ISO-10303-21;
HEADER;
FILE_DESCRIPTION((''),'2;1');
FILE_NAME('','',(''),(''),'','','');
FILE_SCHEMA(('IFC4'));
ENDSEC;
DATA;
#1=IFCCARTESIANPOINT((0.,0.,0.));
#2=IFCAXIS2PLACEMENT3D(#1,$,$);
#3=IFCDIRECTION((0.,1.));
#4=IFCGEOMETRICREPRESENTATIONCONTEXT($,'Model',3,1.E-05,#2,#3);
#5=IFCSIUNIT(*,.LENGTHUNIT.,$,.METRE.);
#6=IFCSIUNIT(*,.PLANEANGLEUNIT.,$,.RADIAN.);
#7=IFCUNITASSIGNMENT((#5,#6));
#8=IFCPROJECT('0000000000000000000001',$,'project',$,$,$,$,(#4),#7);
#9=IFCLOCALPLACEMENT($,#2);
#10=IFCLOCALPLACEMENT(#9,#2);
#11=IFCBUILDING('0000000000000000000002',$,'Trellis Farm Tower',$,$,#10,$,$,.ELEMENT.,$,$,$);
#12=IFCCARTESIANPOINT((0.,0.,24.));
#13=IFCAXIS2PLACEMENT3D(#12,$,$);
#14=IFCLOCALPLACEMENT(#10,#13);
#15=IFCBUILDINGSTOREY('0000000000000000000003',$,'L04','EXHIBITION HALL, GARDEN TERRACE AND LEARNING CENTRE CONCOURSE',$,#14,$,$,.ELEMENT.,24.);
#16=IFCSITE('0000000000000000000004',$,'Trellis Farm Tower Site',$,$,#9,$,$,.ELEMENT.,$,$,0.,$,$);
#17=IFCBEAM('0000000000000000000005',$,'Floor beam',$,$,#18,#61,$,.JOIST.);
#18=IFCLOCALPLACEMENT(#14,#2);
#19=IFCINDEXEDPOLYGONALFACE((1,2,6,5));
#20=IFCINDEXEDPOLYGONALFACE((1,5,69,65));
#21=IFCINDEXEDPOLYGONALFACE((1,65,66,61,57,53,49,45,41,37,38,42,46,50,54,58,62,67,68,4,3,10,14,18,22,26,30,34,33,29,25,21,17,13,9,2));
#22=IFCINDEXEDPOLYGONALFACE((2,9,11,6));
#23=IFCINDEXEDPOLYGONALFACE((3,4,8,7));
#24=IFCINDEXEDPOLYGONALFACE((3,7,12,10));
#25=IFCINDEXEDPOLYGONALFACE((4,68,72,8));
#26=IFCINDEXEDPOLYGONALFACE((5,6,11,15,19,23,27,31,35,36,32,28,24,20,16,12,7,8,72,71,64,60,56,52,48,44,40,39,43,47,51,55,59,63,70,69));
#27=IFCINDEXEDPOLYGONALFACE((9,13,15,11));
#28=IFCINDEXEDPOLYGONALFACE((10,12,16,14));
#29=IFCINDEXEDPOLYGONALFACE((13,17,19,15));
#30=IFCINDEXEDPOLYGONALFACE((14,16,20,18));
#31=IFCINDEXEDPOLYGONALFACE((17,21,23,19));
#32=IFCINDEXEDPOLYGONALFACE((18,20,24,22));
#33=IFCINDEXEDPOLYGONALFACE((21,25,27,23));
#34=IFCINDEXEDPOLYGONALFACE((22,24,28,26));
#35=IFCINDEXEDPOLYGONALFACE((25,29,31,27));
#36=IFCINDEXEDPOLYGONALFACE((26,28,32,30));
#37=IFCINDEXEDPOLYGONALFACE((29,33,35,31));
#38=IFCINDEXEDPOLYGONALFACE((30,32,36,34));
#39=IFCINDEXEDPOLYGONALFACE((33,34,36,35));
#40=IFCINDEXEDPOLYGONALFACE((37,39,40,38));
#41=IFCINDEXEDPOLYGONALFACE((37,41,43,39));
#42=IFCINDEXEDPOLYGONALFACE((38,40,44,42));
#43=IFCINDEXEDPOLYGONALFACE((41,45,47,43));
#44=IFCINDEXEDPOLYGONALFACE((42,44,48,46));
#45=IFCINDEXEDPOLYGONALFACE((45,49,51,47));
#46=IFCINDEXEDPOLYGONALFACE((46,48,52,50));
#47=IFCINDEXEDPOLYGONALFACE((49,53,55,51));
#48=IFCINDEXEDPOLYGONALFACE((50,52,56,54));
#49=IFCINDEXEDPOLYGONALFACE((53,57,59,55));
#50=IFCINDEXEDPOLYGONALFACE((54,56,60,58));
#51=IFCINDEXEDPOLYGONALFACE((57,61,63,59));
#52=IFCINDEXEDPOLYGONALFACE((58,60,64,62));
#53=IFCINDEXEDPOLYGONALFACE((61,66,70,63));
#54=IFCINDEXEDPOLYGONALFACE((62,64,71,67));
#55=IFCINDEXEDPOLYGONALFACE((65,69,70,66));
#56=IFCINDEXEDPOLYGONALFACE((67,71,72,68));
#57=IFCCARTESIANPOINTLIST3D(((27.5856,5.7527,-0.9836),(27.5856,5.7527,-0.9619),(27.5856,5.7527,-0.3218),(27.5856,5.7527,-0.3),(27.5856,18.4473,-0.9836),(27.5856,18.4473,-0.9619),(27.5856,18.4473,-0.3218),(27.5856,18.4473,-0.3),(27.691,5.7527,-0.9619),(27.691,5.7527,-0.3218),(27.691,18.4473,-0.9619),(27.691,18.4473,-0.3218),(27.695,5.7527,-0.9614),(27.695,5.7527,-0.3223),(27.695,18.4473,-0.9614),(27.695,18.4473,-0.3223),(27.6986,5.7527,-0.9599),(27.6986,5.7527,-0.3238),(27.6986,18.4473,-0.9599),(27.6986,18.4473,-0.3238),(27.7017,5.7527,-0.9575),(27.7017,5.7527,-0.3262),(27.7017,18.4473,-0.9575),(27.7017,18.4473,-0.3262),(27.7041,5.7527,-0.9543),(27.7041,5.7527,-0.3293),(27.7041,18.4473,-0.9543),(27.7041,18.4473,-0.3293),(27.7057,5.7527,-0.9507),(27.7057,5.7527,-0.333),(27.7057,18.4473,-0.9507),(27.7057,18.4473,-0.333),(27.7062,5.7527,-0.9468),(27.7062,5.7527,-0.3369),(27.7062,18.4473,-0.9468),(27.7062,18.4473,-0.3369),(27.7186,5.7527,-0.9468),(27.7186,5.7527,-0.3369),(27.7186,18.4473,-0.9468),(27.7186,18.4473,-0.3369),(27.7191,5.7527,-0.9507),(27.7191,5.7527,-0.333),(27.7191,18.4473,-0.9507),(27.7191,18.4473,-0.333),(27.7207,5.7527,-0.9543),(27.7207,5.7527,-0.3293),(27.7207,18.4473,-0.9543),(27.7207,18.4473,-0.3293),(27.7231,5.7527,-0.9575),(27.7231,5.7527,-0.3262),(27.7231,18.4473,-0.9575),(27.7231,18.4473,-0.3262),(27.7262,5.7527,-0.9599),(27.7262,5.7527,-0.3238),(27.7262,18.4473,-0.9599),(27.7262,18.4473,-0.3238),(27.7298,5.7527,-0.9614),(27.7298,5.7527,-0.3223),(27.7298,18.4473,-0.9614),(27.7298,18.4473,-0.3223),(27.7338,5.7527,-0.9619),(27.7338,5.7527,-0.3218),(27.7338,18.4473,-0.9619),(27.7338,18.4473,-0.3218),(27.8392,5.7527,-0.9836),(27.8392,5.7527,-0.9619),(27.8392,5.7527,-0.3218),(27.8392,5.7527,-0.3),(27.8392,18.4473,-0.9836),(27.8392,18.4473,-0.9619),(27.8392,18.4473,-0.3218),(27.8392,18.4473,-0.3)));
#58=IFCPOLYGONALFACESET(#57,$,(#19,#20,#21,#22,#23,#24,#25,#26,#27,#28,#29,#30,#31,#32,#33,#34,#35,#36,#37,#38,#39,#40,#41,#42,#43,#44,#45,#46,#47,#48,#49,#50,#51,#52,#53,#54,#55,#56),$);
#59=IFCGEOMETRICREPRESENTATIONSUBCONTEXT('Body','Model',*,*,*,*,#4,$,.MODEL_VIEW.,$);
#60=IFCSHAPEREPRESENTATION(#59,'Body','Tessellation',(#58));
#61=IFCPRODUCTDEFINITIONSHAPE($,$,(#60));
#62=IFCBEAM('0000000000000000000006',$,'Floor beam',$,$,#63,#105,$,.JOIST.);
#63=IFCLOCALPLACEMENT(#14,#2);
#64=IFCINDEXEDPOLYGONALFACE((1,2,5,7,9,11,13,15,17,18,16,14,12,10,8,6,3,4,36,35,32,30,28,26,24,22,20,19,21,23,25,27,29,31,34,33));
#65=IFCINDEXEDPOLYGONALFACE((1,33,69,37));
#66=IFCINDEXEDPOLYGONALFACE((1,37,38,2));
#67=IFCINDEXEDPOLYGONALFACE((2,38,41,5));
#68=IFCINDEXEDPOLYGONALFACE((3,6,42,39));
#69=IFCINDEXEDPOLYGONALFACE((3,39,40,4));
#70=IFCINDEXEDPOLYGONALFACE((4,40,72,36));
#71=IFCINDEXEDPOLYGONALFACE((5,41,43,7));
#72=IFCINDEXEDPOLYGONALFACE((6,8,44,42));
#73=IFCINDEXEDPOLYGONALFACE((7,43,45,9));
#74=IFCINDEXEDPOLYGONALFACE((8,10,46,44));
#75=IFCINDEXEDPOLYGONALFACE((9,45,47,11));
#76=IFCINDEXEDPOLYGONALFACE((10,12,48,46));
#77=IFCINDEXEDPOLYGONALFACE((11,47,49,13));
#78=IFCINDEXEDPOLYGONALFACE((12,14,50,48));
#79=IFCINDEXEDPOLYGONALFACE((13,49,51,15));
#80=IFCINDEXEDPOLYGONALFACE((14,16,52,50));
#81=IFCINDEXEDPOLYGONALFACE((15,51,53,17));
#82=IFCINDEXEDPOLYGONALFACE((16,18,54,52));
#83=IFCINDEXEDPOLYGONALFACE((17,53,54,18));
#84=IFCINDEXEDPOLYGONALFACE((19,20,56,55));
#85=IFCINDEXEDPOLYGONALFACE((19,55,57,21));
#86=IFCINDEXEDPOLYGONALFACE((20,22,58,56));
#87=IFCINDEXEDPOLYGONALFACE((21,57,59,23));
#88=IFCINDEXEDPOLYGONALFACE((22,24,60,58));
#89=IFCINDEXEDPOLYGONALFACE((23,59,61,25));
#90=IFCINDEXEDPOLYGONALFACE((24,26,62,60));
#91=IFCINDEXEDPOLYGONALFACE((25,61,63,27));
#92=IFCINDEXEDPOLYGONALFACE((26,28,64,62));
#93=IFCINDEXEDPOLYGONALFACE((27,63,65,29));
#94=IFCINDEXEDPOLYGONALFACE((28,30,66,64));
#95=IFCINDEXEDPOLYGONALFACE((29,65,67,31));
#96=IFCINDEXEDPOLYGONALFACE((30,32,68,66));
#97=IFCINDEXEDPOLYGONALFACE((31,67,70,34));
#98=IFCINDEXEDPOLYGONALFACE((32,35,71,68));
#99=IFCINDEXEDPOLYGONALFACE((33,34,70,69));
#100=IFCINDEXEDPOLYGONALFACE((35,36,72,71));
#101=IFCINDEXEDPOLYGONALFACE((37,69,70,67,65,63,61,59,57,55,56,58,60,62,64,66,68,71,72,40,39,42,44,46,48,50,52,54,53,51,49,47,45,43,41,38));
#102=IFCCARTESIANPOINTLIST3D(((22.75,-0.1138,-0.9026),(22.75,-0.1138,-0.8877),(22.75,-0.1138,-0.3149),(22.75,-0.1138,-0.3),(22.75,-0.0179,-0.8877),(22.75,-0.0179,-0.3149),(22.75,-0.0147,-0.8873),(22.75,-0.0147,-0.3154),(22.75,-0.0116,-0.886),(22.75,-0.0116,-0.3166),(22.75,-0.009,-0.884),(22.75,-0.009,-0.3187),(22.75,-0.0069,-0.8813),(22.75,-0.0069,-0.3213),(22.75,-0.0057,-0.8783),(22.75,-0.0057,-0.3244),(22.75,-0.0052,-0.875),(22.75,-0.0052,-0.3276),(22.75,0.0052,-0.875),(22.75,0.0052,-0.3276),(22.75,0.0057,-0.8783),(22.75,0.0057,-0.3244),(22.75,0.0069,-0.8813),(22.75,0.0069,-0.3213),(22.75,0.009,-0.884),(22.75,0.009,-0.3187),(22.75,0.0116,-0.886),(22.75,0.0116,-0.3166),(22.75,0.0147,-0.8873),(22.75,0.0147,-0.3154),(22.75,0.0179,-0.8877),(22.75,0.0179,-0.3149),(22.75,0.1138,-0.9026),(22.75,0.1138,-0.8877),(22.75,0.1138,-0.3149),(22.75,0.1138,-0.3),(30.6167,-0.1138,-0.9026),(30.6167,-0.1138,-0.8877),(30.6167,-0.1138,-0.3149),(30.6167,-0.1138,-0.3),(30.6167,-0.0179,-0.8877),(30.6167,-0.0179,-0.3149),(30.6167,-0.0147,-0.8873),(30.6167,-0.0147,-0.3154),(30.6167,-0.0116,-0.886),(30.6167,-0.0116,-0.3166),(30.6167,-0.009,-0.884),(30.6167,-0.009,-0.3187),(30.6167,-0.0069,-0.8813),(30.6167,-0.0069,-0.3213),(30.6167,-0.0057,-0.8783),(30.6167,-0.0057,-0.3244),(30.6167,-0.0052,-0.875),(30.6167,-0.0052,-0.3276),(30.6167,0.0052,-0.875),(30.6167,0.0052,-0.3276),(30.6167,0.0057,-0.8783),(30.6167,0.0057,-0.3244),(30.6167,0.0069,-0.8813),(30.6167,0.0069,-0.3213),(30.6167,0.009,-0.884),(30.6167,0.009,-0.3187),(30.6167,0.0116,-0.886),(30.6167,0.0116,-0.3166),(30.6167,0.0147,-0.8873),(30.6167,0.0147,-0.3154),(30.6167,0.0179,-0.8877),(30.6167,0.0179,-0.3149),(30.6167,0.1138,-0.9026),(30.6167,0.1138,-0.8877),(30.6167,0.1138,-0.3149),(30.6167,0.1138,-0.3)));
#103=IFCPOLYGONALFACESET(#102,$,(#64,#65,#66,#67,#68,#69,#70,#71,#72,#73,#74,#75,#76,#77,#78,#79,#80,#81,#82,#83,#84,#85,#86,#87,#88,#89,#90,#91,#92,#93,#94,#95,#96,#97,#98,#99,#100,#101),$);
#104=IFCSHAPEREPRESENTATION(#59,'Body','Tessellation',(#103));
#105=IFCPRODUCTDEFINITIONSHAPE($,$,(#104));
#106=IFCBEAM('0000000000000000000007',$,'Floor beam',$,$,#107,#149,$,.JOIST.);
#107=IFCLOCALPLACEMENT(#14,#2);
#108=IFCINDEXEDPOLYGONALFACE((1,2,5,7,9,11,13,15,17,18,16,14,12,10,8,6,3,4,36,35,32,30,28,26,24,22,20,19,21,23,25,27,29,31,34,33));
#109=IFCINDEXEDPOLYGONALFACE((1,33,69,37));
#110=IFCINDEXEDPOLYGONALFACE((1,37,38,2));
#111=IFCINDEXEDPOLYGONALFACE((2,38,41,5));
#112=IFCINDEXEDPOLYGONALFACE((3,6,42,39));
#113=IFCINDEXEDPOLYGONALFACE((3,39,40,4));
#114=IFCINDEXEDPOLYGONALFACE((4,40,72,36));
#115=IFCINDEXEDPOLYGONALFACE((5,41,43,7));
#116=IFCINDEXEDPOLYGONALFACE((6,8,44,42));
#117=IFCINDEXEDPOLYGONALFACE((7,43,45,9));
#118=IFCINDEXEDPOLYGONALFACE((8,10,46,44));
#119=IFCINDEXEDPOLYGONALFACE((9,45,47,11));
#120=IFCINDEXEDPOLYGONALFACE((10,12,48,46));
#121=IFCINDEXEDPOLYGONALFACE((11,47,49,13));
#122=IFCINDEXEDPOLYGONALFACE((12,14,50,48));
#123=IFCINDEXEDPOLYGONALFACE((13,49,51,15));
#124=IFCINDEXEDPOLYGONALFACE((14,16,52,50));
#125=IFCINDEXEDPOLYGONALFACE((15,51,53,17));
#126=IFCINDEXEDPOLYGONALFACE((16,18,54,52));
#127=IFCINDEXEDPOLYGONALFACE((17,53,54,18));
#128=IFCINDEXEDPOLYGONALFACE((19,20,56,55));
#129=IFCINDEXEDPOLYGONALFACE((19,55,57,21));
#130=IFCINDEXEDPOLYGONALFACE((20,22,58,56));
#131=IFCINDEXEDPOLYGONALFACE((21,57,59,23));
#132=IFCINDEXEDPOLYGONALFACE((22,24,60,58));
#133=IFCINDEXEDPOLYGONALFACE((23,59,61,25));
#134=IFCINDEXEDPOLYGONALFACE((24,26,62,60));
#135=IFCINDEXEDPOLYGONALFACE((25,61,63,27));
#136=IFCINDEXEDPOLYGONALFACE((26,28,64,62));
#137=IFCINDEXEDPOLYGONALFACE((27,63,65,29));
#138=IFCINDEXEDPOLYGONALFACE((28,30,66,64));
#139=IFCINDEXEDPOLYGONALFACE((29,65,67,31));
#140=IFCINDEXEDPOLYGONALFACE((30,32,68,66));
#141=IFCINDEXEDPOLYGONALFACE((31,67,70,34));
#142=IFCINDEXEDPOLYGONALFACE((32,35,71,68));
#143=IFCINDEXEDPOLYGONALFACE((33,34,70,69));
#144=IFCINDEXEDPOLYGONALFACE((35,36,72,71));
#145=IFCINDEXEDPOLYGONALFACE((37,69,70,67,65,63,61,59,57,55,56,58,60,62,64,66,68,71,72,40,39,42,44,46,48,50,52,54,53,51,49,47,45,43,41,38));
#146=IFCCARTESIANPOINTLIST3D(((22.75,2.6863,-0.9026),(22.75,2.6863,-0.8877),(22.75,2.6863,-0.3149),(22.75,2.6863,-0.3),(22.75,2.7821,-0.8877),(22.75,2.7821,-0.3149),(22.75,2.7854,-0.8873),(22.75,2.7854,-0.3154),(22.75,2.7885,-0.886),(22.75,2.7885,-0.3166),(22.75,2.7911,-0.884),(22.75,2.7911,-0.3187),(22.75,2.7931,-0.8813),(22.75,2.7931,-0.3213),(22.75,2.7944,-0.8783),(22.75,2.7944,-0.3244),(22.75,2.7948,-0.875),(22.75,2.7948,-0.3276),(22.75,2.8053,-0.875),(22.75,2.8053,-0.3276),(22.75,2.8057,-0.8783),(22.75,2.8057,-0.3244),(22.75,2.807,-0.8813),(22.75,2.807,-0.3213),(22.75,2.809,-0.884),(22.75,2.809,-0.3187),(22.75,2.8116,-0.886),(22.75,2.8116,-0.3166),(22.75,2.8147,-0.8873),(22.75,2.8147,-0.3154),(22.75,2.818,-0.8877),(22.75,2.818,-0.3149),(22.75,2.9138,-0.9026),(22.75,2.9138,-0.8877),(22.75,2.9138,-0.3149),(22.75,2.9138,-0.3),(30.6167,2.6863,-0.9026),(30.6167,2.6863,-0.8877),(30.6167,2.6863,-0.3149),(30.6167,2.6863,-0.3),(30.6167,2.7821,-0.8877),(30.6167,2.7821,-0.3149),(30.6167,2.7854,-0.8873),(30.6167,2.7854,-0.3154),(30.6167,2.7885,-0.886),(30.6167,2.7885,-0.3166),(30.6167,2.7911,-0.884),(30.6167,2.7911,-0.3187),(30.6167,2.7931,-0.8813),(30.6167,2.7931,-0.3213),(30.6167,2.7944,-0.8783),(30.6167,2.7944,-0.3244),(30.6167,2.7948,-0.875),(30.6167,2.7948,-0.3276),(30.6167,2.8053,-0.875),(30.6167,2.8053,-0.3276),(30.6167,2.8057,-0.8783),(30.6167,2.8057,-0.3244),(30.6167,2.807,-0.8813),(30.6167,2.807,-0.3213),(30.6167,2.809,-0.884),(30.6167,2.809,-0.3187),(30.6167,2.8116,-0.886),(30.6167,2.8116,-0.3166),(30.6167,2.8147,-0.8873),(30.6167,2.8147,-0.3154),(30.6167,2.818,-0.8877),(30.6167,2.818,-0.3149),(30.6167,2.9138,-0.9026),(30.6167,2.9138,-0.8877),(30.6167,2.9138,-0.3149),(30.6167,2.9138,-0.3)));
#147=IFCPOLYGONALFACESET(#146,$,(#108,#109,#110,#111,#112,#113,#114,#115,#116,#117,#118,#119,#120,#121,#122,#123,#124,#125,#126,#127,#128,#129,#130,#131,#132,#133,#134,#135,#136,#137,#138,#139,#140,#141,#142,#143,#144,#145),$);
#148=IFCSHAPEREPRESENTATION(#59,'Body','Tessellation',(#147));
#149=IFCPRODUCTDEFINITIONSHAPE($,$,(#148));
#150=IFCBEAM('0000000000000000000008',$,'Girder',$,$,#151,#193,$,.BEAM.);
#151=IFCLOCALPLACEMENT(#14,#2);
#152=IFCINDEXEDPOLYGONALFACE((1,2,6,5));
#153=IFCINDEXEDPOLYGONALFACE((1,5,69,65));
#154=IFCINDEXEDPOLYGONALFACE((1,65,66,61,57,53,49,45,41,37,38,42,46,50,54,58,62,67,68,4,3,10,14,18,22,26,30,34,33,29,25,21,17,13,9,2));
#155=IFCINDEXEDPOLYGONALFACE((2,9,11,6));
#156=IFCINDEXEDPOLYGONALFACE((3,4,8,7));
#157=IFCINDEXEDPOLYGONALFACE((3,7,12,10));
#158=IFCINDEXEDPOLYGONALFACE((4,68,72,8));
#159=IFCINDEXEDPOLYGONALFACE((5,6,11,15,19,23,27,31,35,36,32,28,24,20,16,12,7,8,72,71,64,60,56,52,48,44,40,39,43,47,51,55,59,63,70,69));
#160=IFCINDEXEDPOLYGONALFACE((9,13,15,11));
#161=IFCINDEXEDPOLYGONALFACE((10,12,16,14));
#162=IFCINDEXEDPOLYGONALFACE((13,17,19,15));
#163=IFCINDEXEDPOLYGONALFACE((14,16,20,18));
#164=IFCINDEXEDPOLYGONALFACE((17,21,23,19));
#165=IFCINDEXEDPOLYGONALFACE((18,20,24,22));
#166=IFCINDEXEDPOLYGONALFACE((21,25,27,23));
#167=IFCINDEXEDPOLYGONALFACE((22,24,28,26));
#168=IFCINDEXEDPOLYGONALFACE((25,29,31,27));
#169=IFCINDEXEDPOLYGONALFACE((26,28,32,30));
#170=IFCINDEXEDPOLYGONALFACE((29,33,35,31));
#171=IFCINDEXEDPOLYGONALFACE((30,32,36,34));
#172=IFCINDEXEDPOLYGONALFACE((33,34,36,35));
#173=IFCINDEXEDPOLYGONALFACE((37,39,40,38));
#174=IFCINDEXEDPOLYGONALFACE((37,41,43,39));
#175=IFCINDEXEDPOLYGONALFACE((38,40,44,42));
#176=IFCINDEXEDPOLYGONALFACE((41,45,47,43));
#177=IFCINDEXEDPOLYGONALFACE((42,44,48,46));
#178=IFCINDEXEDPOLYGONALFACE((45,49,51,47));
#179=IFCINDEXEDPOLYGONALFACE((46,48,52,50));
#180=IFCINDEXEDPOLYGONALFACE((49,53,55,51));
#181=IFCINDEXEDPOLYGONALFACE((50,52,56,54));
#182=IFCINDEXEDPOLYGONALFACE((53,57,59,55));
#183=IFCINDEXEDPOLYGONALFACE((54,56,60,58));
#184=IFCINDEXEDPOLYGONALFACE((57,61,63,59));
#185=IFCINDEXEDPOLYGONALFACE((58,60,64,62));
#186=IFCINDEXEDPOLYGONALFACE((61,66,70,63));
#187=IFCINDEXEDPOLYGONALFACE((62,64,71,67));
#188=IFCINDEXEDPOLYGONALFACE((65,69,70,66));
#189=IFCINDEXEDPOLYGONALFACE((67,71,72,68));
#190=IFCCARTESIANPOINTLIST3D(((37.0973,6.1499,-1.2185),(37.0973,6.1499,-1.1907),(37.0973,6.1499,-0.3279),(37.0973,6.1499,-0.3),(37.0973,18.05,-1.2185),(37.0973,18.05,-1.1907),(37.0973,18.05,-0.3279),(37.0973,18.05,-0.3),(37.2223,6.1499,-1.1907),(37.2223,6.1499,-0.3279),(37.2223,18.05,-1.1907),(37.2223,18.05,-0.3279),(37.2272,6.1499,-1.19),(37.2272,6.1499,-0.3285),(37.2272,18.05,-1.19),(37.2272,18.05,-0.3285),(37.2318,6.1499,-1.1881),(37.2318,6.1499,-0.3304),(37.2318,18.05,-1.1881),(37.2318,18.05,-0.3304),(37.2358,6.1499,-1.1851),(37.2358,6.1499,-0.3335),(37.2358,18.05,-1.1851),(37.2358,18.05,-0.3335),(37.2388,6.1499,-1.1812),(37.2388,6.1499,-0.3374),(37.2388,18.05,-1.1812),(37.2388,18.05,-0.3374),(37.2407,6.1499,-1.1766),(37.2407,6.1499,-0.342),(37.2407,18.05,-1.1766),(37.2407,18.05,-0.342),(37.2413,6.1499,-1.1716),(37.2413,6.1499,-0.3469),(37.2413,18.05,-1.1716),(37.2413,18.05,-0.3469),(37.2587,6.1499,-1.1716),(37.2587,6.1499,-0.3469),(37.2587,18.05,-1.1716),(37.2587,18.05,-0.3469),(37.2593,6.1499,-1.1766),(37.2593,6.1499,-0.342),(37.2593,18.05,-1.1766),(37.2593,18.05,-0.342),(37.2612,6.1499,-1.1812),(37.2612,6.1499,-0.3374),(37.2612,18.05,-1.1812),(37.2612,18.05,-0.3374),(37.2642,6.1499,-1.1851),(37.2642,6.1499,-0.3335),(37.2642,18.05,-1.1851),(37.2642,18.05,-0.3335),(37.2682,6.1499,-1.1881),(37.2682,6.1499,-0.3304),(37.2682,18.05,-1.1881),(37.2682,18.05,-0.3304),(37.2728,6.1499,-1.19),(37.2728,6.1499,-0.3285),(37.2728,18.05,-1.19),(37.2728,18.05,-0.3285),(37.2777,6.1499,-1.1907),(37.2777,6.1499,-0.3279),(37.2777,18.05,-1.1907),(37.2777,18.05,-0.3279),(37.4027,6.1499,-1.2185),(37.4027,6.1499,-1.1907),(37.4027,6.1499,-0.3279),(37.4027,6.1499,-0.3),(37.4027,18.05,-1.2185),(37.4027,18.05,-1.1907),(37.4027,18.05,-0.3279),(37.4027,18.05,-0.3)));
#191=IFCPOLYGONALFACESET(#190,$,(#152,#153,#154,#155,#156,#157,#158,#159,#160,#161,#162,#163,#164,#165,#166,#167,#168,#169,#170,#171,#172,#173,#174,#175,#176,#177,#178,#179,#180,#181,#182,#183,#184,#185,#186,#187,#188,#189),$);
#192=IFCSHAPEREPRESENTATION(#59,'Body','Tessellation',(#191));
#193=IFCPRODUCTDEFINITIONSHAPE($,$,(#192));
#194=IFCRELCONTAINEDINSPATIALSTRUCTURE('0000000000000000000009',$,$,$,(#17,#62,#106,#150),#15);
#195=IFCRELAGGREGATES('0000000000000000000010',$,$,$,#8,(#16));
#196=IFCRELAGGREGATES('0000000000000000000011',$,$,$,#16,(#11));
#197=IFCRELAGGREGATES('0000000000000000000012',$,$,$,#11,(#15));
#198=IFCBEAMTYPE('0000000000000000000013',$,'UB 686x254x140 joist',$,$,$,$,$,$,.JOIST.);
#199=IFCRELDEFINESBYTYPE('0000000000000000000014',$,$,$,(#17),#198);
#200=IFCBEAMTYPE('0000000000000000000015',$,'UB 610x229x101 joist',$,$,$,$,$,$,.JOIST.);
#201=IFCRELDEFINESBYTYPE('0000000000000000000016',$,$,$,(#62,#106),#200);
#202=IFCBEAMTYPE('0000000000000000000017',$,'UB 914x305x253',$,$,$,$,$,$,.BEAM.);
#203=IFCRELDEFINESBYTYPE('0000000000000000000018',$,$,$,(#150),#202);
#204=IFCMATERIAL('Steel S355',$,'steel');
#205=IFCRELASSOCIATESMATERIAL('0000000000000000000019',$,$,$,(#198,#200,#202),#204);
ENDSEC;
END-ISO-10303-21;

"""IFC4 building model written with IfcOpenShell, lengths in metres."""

from ifc_helpers import new_model, si_unit, direction, frame, origin, origin_2d, place, context, subcontext, project, spatial, i_section, extrude, source, transform, mapped, material, material_profile, profile_set, type_object, element, save


model = new_model("IFC4")

# Units and contexts
model_context = context("Model", 3, precision=1e-05, world=origin(), true_north=direction((0.0, 1.0)))
body_context = subcontext(model_context, "Body", "Model", "MODEL_VIEW")
ifc_project = project(units=[si_unit("LENGTHUNIT", "METRE"), si_unit("PLANEANGLEUNIT", "RADIAN")], contexts=[model_context])

# Site, building, storey
site_placement = place(None, origin())
site = spatial("IfcSite", under=ifc_project, at=site_placement, Name="Trellis Farm Tower Site", CompositionType="ELEMENT", RefElevation=0.0)
building_placement = place(site_placement, origin())
building = spatial("IfcBuilding", under=site, at=building_placement, Name="Trellis Farm Tower", CompositionType="ELEMENT")
storey_placement = place(building_placement, frame((0.0, 0.0, 24.0)))
storey = spatial("IfcBuildingStorey", under=building, at=storey_placement, Name="L04", Description="EXHIBITION HALL, GARDEN TERRACE AND LEARNING CENTRE CONCOURSE", CompositionType="ELEMENT", Elevation=24.0)

# Beams
ifc_material_1 = material(Name="Steel S355", Category="steel")
ifc_material_profile_1 = material_profile(ifc_material_1, i_section(OverallWidth=0.2537, OverallDepth=0.6836, WebThickness=0.0125, FlangeThickness=0.0217, FilletRadius=0.0151, at=origin_2d()), Name="UB 686x254x140")
ifc_profile_set_1 = profile_set([ifc_material_profile_1], Name="Steel S355")
beam_type_1 = type_object("IfcBeamType", Name="UB 686x254x140 joist", PredefinedType="JOIST", material=ifc_profile_set_1)
shared_shape_1 = source(origin(), body_context, "Body", "SweptSolid", [
    extrude(i_section(OverallWidth=0.2537, OverallDepth=0.6836, WebThickness=0.0125, FlangeThickness=0.0217, FilletRadius=0.0151, at=origin_2d()), origin(), (0.0, 0.0, 1.0), 12.6946),
])
for number, where, z_axis, x_axis, name in (
    (1, (27.7124, 5.7527, -0.6418), (0.0, 1.0, 0.0), (-1.0, 0.0, 0.0), "Floor beam"),
):
    element("IfcBeam", number, at=place(storey_placement, frame(where, z_axis=z_axis, x_axis=x_axis)), inside=storey, type_object=beam_type_1, Name=name, PredefinedType="JOIST", context=body_context, shape_type="MappedRepresentation", body=[
        mapped(shared_shape_1, transform((0.0, 0.0, 0.0))),
    ])
ifc_material_profile_2 = material_profile(ifc_material_1, i_section(OverallWidth=0.2275, OverallDepth=0.6025, WebThickness=0.0105, FlangeThickness=0.0149, FilletRadius=0.0127, at=origin_2d()), Name="UB 610x229x101")
ifc_profile_set_2 = profile_set([ifc_material_profile_2], Name="Steel S355")
beam_type_2 = type_object("IfcBeamType", Name="UB 610x229x101 joist", PredefinedType="JOIST", material=ifc_profile_set_2)
shared_shape_2 = source(origin(), body_context, "Body", "SweptSolid", [
    extrude(i_section(OverallWidth=0.2275, OverallDepth=0.6025, WebThickness=0.0105, FlangeThickness=0.0149, FilletRadius=0.0127, at=origin_2d()), origin(), (0.0, 0.0, 1.0), 7.8667),
])
for number, where, z_axis, x_axis, name in (
    (2, (22.75, 0.0, -0.6013), (1.0, 0.0, 0.0), (0.0, 1.0, 0.0), "Floor beam"),
    (3, (22.75, 2.8, -0.6013), (1.0, 0.0, 0.0), (0.0, 1.0, 0.0), "Floor beam"),
):
    element("IfcBeam", number, at=place(storey_placement, frame(where, z_axis=z_axis, x_axis=x_axis)), inside=storey, type_object=beam_type_2, Name=name, PredefinedType="JOIST", context=body_context, shape_type="MappedRepresentation", body=[
        mapped(shared_shape_2, transform((0.0, 0.0, 0.0))),
    ])
ifc_material_profile_3 = material_profile(ifc_material_1, i_section(OverallWidth=0.3054, OverallDepth=0.9185, WebThickness=0.0173, FlangeThickness=0.0278, FilletRadius=0.019, at=origin_2d()), Name="UB 914x305x253")
ifc_profile_set_3 = profile_set([ifc_material_profile_3], Name="Steel S355")
beam_type_3 = type_object("IfcBeamType", Name="UB 914x305x253", PredefinedType="BEAM", material=ifc_profile_set_3)
shared_shape_3 = source(origin(), body_context, "Body", "SweptSolid", [
    extrude(i_section(OverallWidth=0.3054, OverallDepth=0.9185, WebThickness=0.0173, FlangeThickness=0.0278, FilletRadius=0.019, at=origin_2d()), origin(), (0.0, 0.0, 1.0), 11.9001),
])
beam_1_placement = place(storey_placement, frame((37.25, 6.1499, -0.7593), z_axis=(0.0, 1.0, 0.0), x_axis=(-1.0, 0.0, 0.0)))
element("IfcBeam", 4, at=beam_1_placement, inside=storey, type_object=beam_type_3, Name="Girder", PredefinedType="BEAM", context=body_context, shape_type="MappedRepresentation", body=[
    mapped(shared_shape_3, transform((0.0, 0.0, 0.0))),
])

save(model, "model.ifc")
